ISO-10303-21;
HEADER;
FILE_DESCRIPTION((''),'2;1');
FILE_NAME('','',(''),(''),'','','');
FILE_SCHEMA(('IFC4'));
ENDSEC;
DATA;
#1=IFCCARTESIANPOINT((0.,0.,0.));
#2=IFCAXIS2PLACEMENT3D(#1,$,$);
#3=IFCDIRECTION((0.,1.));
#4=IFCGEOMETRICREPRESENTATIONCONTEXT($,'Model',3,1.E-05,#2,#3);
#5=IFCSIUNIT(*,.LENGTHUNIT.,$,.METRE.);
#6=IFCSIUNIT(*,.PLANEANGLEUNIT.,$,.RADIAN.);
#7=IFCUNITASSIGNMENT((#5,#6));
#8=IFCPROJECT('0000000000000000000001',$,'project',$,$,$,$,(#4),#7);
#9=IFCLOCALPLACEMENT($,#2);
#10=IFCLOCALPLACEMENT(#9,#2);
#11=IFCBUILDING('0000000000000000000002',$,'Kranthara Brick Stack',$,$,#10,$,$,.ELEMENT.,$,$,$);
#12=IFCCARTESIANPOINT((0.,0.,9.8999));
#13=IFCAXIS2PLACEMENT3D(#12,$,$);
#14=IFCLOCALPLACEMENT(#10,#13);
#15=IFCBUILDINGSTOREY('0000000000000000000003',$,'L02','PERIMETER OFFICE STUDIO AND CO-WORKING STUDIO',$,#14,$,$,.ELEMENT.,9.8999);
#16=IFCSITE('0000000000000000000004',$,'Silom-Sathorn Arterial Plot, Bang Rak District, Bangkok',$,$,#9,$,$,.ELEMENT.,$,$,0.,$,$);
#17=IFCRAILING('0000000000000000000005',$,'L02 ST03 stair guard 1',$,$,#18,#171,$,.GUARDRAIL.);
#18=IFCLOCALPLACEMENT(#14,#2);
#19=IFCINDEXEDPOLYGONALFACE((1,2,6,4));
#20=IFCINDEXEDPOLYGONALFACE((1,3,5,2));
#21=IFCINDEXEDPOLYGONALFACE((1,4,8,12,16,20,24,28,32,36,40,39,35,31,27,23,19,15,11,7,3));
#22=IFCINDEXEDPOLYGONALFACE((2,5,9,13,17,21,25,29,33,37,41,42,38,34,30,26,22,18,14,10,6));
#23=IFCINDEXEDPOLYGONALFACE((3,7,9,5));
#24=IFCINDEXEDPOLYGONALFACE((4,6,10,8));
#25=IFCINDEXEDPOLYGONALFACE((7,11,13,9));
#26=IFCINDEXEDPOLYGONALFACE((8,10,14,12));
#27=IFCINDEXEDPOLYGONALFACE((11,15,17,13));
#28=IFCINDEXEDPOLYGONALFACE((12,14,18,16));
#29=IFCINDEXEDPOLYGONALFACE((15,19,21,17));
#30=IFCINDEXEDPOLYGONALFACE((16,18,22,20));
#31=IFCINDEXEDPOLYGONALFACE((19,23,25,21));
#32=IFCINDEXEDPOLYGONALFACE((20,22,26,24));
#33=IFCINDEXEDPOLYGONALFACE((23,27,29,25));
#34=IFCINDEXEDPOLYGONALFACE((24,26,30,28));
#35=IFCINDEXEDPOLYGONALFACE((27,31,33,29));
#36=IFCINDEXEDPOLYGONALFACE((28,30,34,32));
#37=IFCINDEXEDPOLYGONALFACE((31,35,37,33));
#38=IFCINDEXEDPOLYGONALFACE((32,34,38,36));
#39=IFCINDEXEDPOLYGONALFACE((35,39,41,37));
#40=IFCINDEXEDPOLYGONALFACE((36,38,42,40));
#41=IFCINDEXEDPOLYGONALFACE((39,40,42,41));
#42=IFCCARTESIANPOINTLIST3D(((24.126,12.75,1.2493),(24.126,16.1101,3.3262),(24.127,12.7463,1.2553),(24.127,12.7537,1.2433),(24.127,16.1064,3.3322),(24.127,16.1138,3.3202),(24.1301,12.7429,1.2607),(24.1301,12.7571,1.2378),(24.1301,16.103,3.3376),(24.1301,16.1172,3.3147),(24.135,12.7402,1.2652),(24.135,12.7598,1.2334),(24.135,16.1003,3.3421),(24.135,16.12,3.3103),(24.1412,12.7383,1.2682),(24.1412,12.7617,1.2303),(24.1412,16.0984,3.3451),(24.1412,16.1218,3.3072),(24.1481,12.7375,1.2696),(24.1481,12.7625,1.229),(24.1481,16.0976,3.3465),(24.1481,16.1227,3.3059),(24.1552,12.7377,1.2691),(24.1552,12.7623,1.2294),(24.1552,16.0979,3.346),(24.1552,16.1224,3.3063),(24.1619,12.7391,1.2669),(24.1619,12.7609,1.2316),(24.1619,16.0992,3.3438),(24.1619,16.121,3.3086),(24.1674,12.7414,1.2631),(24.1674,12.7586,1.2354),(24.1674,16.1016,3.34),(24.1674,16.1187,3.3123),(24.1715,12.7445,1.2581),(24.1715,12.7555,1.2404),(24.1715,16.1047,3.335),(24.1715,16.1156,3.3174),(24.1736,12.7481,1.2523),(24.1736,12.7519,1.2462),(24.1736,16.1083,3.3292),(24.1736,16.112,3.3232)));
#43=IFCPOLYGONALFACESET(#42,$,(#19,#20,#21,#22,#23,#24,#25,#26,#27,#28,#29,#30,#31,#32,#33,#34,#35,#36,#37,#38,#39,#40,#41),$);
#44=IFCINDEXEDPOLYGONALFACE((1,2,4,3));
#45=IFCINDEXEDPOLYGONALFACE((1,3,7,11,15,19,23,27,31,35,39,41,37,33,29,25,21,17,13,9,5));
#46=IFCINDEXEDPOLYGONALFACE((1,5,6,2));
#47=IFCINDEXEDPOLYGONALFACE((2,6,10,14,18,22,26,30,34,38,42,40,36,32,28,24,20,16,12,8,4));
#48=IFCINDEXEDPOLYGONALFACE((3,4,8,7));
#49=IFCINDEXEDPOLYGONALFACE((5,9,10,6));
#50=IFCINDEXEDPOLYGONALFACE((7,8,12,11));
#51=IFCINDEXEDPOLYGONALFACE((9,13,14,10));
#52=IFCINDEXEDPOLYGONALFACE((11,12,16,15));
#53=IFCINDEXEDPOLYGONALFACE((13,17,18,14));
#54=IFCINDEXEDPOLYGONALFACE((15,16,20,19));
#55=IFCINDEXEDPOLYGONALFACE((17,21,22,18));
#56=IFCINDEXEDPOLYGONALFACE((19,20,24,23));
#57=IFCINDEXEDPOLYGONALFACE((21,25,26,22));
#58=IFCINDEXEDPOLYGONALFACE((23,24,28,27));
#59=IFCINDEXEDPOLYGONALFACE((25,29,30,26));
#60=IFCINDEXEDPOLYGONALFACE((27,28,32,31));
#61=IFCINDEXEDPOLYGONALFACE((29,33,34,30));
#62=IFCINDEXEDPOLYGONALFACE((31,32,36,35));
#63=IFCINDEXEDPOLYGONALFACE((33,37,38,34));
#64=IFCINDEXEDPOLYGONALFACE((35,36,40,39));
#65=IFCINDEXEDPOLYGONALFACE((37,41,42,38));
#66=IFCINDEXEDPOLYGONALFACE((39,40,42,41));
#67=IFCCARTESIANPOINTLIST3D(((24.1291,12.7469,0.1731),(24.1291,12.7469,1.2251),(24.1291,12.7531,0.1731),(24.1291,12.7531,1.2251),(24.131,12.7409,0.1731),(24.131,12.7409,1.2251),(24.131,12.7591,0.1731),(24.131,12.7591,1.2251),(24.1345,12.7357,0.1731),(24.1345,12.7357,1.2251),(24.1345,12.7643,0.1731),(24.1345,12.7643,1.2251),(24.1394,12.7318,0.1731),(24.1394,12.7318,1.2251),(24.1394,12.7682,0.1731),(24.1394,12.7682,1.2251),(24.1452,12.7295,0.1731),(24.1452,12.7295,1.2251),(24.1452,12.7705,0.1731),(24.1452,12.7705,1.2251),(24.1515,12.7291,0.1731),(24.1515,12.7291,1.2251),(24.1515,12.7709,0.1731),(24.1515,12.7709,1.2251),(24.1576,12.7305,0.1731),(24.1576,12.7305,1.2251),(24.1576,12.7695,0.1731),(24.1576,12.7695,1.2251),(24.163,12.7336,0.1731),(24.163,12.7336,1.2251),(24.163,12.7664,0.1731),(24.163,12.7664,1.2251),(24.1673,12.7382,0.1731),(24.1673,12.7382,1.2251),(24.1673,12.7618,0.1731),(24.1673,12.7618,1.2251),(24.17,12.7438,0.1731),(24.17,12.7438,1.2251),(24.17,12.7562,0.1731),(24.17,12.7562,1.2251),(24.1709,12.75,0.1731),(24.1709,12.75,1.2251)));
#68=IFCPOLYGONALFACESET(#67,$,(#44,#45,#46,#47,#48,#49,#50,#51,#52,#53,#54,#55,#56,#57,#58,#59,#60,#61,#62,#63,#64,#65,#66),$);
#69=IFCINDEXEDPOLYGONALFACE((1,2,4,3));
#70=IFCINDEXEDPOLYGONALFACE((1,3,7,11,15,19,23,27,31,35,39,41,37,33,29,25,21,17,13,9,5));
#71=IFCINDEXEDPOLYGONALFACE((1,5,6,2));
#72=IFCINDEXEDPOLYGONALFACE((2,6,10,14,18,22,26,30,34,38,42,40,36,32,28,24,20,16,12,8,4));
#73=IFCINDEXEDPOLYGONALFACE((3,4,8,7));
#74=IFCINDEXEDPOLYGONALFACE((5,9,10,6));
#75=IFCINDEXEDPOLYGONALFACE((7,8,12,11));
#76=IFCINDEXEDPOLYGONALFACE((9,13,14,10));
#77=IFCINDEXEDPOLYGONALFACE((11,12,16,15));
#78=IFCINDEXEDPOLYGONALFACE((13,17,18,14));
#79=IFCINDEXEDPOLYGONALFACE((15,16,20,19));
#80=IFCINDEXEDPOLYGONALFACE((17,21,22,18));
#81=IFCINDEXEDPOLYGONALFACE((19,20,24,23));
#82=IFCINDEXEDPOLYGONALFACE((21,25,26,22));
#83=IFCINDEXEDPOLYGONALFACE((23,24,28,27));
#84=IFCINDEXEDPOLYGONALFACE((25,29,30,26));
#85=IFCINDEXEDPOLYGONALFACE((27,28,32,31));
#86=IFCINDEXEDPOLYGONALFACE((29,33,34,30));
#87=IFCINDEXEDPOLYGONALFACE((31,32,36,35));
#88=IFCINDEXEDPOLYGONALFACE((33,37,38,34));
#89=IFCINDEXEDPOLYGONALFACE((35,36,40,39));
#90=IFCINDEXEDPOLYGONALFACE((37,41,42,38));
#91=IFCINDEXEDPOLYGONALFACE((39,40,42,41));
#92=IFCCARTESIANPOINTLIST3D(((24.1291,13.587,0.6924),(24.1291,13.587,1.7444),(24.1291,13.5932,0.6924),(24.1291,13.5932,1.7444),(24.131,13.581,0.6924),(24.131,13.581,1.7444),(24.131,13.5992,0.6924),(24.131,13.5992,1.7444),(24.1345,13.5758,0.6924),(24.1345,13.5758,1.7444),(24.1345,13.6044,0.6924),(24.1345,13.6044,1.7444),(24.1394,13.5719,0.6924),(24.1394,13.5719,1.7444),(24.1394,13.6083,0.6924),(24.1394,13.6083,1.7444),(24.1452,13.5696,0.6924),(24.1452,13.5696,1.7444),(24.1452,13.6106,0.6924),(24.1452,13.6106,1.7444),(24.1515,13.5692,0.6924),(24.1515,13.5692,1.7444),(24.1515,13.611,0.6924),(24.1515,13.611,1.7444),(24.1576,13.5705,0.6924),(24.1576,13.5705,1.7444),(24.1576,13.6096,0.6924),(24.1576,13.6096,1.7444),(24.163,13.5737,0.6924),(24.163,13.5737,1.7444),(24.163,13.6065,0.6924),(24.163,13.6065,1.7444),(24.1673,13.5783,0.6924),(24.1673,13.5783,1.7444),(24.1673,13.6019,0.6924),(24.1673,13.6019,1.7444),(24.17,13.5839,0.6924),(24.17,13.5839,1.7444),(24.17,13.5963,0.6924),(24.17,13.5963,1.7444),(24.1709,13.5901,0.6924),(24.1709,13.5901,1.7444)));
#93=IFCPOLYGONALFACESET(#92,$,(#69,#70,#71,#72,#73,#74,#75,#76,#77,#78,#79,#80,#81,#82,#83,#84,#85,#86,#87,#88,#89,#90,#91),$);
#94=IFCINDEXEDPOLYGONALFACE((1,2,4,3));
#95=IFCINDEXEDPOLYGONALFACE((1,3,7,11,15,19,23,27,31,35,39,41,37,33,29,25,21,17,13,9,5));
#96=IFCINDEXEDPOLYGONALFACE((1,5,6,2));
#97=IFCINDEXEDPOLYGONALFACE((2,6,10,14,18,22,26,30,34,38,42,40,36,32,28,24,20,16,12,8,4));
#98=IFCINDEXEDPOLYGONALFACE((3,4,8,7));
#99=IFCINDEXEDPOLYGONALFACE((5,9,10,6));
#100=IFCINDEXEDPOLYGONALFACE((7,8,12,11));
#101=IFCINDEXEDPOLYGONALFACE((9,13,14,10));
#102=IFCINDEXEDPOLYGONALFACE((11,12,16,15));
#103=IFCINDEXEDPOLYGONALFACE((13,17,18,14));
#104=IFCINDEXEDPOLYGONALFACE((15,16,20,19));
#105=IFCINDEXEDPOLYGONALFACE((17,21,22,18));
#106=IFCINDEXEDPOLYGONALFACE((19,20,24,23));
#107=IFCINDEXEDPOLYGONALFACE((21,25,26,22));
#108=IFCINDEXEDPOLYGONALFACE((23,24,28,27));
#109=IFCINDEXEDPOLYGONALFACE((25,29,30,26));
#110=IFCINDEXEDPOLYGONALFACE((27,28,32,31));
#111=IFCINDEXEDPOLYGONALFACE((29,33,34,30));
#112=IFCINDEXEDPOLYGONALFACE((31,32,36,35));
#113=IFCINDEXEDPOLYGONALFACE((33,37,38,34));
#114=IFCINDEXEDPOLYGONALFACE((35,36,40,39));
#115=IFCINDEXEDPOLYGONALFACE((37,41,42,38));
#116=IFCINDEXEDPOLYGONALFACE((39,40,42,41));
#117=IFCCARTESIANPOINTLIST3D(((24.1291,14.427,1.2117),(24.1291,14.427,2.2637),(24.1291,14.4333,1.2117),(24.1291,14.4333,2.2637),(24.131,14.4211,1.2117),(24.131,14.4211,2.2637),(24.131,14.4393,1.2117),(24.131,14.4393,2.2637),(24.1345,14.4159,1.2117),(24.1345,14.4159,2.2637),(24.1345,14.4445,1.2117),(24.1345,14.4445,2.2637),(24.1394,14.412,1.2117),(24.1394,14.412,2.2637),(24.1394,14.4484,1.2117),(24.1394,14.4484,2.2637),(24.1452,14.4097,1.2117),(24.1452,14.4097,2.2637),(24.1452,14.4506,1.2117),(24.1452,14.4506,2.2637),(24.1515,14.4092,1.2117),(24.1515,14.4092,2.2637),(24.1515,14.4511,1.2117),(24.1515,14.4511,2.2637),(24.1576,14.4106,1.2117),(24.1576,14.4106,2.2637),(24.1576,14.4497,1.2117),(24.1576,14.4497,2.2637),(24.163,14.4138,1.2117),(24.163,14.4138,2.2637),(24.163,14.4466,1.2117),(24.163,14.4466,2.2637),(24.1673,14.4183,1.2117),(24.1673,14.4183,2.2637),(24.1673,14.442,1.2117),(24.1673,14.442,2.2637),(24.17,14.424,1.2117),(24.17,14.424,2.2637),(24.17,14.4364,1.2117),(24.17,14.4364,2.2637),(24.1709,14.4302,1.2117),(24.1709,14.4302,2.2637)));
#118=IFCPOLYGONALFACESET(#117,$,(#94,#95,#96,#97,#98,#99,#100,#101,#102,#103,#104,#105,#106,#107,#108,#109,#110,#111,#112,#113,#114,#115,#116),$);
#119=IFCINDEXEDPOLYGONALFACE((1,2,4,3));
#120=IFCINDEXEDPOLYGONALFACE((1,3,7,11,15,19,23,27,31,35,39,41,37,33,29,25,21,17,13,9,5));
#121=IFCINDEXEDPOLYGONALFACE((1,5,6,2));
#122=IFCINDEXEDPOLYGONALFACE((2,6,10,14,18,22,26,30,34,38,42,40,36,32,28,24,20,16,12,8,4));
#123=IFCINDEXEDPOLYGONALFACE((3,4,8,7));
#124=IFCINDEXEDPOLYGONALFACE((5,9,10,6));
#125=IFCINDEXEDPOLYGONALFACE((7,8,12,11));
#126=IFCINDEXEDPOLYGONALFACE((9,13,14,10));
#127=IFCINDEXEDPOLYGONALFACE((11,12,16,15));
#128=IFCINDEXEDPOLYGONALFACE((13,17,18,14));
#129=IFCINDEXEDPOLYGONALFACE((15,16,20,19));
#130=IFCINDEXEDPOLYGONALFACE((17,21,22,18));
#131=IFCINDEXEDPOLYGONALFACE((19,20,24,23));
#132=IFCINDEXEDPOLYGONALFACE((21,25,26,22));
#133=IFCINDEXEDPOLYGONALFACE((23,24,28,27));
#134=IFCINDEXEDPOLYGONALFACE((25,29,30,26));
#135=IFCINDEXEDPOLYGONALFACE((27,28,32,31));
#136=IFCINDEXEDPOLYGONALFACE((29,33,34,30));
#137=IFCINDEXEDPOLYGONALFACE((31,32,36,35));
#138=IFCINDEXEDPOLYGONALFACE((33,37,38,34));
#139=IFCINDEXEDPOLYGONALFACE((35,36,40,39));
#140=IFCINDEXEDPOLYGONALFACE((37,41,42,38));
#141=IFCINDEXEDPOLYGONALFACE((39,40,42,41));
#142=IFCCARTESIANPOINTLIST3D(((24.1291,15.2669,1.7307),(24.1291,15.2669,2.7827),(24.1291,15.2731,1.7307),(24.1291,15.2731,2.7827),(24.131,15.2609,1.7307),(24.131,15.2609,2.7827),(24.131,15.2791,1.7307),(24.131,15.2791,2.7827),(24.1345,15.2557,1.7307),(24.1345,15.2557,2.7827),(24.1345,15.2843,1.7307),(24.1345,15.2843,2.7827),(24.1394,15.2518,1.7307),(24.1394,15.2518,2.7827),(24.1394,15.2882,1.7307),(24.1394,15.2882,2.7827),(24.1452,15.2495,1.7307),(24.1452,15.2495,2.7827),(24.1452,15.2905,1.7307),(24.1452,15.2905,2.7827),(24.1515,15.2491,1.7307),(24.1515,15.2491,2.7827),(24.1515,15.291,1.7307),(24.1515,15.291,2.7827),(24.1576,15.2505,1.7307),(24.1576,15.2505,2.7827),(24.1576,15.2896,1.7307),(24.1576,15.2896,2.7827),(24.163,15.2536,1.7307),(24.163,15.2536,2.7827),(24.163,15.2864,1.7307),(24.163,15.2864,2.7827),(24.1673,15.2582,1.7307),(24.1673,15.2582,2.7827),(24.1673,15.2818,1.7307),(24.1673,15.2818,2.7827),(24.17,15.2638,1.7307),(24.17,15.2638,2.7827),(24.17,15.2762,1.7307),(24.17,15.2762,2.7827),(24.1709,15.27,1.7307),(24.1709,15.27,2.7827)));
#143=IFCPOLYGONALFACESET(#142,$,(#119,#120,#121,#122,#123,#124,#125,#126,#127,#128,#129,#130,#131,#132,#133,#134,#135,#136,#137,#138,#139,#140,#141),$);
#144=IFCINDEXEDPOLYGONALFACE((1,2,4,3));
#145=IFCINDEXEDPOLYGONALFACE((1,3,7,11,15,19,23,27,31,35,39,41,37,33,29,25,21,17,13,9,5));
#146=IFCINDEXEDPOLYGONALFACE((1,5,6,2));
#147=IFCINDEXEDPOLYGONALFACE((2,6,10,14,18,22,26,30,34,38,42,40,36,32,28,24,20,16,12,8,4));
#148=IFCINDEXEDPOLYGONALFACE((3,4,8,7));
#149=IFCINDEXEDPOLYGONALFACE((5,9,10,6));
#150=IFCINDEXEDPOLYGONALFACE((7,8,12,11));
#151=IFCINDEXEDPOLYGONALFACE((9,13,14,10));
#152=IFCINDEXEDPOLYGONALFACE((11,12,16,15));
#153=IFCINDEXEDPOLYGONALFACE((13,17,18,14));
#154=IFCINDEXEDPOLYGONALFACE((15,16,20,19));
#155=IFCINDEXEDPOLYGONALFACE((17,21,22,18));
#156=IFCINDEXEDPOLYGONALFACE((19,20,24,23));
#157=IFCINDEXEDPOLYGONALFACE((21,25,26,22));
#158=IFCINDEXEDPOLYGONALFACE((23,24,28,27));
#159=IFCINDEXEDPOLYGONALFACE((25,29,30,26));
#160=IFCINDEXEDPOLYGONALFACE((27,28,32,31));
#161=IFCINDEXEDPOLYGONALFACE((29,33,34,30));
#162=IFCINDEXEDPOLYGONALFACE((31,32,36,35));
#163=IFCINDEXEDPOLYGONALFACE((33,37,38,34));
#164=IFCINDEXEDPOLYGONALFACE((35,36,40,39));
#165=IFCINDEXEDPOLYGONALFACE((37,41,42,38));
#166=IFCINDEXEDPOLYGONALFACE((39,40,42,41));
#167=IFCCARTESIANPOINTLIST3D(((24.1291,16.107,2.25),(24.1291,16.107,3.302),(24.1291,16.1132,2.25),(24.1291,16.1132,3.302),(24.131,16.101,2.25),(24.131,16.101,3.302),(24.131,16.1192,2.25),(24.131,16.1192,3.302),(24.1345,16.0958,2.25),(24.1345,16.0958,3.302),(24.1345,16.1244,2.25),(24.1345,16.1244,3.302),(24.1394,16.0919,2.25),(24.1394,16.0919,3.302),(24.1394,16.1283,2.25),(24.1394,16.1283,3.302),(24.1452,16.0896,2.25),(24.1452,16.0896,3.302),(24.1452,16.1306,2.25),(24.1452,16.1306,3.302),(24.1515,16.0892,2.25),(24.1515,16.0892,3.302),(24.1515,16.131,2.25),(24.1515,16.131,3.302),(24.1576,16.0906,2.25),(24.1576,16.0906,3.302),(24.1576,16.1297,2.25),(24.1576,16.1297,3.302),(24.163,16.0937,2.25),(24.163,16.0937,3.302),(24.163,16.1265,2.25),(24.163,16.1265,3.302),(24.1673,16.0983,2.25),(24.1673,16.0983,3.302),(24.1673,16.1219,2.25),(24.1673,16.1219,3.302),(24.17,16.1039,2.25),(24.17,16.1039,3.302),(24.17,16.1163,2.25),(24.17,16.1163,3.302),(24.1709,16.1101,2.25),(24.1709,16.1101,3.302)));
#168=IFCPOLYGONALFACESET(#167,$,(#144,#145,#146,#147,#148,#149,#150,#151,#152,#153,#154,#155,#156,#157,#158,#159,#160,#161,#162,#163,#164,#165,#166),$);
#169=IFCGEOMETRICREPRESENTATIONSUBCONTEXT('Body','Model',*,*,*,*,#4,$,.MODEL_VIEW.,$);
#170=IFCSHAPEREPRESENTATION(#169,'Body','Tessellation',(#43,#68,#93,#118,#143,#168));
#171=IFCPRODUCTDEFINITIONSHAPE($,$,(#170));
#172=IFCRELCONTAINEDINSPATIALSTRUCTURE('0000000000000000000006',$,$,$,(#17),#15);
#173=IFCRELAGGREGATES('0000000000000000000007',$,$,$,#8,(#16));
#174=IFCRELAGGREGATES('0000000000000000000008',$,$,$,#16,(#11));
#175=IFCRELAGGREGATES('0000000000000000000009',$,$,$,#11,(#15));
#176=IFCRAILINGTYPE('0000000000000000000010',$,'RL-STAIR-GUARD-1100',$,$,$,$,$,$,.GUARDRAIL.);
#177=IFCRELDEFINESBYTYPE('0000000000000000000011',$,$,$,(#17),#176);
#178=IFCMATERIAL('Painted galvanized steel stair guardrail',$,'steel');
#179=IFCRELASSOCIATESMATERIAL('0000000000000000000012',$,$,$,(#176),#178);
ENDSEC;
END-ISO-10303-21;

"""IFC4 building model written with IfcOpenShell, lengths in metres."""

from ifc_helpers import new_model, si_unit, direction, frame, origin, origin_2d, place, context, subcontext, project, spatial, circle, extrude, material, type_object, element, save


model = new_model("IFC4")

# Units and contexts
model_context = context("Model", 3, precision=1e-05, world=origin(), true_north=direction((0.0, 1.0)))
body_context = subcontext(model_context, "Body", "Model", "MODEL_VIEW")
ifc_project = project(units=[si_unit("LENGTHUNIT", "METRE"), si_unit("PLANEANGLEUNIT", "RADIAN")], contexts=[model_context])

# Site, building, storey
site_placement = place(None, origin())
site = spatial("IfcSite", under=ifc_project, at=site_placement, Name="Silom-Sathorn Arterial Plot, Bang Rak District, Bangkok", CompositionType="ELEMENT", RefElevation=0.0)
building_placement = place(site_placement, origin())
building = spatial("IfcBuilding", under=site, at=building_placement, Name="Kranthara Brick Stack", CompositionType="ELEMENT")
storey_placement = place(building_placement, frame((0.0, 0.0, 9.8999)))
storey = spatial("IfcBuildingStorey", under=building, at=storey_placement, Name="L02", Description="PERIMETER OFFICE STUDIO AND CO-WORKING STUDIO", CompositionType="ELEMENT", Elevation=9.8999)

# Railing
ifc_material_1 = material(Name="Painted galvanized steel stair guardrail", Category="steel")
railing_type = type_object("IfcRailingType", Name="RL-STAIR-GUARD-1100", PredefinedType="GUARDRAIL", material=ifc_material_1)
railing_1_placement = place(storey_placement, frame((24.1499, 12.75, 0.1731)))
element("IfcRailing", 1, at=railing_1_placement, inside=storey, type_object=railing_type, Name="L02 ST03 stair guard 1", PredefinedType="GUARDRAIL", context=body_context, shape_type="SweptSolid", body=[
    extrude(circle(Radius=0.0239, at=origin_2d()), frame((0.0, 0.0, 1.0762), z_axis=(0.0, 0.850623, 0.525776), x_axis=(-1.0, 0.0, 0.0)), (0.0, 0.0, 1.0), 3.9502),
    extrude(circle(Radius=0.021, at=origin_2d()), origin(), (0.0, 0.0, 1.0), 1.052),
    extrude(circle(Radius=0.021, at=origin_2d()), frame((0.0, 0.8401, 0.5193)), (0.0, 0.0, 1.0), 1.052),
    extrude(circle(Radius=0.021, at=origin_2d()), frame((0.0, 1.6802, 1.0386)), (0.0, 0.0, 1.0), 1.052),
    extrude(circle(Radius=0.021, at=origin_2d()), frame((0.0, 2.52, 1.5576)), (0.0, 0.0, 1.0), 1.052),
    extrude(circle(Radius=0.021, at=origin_2d()), frame((0.0, 3.3601, 2.0769)), (0.0, 0.0, 1.0), 1.052),
])

save(model, "model.ifc")
